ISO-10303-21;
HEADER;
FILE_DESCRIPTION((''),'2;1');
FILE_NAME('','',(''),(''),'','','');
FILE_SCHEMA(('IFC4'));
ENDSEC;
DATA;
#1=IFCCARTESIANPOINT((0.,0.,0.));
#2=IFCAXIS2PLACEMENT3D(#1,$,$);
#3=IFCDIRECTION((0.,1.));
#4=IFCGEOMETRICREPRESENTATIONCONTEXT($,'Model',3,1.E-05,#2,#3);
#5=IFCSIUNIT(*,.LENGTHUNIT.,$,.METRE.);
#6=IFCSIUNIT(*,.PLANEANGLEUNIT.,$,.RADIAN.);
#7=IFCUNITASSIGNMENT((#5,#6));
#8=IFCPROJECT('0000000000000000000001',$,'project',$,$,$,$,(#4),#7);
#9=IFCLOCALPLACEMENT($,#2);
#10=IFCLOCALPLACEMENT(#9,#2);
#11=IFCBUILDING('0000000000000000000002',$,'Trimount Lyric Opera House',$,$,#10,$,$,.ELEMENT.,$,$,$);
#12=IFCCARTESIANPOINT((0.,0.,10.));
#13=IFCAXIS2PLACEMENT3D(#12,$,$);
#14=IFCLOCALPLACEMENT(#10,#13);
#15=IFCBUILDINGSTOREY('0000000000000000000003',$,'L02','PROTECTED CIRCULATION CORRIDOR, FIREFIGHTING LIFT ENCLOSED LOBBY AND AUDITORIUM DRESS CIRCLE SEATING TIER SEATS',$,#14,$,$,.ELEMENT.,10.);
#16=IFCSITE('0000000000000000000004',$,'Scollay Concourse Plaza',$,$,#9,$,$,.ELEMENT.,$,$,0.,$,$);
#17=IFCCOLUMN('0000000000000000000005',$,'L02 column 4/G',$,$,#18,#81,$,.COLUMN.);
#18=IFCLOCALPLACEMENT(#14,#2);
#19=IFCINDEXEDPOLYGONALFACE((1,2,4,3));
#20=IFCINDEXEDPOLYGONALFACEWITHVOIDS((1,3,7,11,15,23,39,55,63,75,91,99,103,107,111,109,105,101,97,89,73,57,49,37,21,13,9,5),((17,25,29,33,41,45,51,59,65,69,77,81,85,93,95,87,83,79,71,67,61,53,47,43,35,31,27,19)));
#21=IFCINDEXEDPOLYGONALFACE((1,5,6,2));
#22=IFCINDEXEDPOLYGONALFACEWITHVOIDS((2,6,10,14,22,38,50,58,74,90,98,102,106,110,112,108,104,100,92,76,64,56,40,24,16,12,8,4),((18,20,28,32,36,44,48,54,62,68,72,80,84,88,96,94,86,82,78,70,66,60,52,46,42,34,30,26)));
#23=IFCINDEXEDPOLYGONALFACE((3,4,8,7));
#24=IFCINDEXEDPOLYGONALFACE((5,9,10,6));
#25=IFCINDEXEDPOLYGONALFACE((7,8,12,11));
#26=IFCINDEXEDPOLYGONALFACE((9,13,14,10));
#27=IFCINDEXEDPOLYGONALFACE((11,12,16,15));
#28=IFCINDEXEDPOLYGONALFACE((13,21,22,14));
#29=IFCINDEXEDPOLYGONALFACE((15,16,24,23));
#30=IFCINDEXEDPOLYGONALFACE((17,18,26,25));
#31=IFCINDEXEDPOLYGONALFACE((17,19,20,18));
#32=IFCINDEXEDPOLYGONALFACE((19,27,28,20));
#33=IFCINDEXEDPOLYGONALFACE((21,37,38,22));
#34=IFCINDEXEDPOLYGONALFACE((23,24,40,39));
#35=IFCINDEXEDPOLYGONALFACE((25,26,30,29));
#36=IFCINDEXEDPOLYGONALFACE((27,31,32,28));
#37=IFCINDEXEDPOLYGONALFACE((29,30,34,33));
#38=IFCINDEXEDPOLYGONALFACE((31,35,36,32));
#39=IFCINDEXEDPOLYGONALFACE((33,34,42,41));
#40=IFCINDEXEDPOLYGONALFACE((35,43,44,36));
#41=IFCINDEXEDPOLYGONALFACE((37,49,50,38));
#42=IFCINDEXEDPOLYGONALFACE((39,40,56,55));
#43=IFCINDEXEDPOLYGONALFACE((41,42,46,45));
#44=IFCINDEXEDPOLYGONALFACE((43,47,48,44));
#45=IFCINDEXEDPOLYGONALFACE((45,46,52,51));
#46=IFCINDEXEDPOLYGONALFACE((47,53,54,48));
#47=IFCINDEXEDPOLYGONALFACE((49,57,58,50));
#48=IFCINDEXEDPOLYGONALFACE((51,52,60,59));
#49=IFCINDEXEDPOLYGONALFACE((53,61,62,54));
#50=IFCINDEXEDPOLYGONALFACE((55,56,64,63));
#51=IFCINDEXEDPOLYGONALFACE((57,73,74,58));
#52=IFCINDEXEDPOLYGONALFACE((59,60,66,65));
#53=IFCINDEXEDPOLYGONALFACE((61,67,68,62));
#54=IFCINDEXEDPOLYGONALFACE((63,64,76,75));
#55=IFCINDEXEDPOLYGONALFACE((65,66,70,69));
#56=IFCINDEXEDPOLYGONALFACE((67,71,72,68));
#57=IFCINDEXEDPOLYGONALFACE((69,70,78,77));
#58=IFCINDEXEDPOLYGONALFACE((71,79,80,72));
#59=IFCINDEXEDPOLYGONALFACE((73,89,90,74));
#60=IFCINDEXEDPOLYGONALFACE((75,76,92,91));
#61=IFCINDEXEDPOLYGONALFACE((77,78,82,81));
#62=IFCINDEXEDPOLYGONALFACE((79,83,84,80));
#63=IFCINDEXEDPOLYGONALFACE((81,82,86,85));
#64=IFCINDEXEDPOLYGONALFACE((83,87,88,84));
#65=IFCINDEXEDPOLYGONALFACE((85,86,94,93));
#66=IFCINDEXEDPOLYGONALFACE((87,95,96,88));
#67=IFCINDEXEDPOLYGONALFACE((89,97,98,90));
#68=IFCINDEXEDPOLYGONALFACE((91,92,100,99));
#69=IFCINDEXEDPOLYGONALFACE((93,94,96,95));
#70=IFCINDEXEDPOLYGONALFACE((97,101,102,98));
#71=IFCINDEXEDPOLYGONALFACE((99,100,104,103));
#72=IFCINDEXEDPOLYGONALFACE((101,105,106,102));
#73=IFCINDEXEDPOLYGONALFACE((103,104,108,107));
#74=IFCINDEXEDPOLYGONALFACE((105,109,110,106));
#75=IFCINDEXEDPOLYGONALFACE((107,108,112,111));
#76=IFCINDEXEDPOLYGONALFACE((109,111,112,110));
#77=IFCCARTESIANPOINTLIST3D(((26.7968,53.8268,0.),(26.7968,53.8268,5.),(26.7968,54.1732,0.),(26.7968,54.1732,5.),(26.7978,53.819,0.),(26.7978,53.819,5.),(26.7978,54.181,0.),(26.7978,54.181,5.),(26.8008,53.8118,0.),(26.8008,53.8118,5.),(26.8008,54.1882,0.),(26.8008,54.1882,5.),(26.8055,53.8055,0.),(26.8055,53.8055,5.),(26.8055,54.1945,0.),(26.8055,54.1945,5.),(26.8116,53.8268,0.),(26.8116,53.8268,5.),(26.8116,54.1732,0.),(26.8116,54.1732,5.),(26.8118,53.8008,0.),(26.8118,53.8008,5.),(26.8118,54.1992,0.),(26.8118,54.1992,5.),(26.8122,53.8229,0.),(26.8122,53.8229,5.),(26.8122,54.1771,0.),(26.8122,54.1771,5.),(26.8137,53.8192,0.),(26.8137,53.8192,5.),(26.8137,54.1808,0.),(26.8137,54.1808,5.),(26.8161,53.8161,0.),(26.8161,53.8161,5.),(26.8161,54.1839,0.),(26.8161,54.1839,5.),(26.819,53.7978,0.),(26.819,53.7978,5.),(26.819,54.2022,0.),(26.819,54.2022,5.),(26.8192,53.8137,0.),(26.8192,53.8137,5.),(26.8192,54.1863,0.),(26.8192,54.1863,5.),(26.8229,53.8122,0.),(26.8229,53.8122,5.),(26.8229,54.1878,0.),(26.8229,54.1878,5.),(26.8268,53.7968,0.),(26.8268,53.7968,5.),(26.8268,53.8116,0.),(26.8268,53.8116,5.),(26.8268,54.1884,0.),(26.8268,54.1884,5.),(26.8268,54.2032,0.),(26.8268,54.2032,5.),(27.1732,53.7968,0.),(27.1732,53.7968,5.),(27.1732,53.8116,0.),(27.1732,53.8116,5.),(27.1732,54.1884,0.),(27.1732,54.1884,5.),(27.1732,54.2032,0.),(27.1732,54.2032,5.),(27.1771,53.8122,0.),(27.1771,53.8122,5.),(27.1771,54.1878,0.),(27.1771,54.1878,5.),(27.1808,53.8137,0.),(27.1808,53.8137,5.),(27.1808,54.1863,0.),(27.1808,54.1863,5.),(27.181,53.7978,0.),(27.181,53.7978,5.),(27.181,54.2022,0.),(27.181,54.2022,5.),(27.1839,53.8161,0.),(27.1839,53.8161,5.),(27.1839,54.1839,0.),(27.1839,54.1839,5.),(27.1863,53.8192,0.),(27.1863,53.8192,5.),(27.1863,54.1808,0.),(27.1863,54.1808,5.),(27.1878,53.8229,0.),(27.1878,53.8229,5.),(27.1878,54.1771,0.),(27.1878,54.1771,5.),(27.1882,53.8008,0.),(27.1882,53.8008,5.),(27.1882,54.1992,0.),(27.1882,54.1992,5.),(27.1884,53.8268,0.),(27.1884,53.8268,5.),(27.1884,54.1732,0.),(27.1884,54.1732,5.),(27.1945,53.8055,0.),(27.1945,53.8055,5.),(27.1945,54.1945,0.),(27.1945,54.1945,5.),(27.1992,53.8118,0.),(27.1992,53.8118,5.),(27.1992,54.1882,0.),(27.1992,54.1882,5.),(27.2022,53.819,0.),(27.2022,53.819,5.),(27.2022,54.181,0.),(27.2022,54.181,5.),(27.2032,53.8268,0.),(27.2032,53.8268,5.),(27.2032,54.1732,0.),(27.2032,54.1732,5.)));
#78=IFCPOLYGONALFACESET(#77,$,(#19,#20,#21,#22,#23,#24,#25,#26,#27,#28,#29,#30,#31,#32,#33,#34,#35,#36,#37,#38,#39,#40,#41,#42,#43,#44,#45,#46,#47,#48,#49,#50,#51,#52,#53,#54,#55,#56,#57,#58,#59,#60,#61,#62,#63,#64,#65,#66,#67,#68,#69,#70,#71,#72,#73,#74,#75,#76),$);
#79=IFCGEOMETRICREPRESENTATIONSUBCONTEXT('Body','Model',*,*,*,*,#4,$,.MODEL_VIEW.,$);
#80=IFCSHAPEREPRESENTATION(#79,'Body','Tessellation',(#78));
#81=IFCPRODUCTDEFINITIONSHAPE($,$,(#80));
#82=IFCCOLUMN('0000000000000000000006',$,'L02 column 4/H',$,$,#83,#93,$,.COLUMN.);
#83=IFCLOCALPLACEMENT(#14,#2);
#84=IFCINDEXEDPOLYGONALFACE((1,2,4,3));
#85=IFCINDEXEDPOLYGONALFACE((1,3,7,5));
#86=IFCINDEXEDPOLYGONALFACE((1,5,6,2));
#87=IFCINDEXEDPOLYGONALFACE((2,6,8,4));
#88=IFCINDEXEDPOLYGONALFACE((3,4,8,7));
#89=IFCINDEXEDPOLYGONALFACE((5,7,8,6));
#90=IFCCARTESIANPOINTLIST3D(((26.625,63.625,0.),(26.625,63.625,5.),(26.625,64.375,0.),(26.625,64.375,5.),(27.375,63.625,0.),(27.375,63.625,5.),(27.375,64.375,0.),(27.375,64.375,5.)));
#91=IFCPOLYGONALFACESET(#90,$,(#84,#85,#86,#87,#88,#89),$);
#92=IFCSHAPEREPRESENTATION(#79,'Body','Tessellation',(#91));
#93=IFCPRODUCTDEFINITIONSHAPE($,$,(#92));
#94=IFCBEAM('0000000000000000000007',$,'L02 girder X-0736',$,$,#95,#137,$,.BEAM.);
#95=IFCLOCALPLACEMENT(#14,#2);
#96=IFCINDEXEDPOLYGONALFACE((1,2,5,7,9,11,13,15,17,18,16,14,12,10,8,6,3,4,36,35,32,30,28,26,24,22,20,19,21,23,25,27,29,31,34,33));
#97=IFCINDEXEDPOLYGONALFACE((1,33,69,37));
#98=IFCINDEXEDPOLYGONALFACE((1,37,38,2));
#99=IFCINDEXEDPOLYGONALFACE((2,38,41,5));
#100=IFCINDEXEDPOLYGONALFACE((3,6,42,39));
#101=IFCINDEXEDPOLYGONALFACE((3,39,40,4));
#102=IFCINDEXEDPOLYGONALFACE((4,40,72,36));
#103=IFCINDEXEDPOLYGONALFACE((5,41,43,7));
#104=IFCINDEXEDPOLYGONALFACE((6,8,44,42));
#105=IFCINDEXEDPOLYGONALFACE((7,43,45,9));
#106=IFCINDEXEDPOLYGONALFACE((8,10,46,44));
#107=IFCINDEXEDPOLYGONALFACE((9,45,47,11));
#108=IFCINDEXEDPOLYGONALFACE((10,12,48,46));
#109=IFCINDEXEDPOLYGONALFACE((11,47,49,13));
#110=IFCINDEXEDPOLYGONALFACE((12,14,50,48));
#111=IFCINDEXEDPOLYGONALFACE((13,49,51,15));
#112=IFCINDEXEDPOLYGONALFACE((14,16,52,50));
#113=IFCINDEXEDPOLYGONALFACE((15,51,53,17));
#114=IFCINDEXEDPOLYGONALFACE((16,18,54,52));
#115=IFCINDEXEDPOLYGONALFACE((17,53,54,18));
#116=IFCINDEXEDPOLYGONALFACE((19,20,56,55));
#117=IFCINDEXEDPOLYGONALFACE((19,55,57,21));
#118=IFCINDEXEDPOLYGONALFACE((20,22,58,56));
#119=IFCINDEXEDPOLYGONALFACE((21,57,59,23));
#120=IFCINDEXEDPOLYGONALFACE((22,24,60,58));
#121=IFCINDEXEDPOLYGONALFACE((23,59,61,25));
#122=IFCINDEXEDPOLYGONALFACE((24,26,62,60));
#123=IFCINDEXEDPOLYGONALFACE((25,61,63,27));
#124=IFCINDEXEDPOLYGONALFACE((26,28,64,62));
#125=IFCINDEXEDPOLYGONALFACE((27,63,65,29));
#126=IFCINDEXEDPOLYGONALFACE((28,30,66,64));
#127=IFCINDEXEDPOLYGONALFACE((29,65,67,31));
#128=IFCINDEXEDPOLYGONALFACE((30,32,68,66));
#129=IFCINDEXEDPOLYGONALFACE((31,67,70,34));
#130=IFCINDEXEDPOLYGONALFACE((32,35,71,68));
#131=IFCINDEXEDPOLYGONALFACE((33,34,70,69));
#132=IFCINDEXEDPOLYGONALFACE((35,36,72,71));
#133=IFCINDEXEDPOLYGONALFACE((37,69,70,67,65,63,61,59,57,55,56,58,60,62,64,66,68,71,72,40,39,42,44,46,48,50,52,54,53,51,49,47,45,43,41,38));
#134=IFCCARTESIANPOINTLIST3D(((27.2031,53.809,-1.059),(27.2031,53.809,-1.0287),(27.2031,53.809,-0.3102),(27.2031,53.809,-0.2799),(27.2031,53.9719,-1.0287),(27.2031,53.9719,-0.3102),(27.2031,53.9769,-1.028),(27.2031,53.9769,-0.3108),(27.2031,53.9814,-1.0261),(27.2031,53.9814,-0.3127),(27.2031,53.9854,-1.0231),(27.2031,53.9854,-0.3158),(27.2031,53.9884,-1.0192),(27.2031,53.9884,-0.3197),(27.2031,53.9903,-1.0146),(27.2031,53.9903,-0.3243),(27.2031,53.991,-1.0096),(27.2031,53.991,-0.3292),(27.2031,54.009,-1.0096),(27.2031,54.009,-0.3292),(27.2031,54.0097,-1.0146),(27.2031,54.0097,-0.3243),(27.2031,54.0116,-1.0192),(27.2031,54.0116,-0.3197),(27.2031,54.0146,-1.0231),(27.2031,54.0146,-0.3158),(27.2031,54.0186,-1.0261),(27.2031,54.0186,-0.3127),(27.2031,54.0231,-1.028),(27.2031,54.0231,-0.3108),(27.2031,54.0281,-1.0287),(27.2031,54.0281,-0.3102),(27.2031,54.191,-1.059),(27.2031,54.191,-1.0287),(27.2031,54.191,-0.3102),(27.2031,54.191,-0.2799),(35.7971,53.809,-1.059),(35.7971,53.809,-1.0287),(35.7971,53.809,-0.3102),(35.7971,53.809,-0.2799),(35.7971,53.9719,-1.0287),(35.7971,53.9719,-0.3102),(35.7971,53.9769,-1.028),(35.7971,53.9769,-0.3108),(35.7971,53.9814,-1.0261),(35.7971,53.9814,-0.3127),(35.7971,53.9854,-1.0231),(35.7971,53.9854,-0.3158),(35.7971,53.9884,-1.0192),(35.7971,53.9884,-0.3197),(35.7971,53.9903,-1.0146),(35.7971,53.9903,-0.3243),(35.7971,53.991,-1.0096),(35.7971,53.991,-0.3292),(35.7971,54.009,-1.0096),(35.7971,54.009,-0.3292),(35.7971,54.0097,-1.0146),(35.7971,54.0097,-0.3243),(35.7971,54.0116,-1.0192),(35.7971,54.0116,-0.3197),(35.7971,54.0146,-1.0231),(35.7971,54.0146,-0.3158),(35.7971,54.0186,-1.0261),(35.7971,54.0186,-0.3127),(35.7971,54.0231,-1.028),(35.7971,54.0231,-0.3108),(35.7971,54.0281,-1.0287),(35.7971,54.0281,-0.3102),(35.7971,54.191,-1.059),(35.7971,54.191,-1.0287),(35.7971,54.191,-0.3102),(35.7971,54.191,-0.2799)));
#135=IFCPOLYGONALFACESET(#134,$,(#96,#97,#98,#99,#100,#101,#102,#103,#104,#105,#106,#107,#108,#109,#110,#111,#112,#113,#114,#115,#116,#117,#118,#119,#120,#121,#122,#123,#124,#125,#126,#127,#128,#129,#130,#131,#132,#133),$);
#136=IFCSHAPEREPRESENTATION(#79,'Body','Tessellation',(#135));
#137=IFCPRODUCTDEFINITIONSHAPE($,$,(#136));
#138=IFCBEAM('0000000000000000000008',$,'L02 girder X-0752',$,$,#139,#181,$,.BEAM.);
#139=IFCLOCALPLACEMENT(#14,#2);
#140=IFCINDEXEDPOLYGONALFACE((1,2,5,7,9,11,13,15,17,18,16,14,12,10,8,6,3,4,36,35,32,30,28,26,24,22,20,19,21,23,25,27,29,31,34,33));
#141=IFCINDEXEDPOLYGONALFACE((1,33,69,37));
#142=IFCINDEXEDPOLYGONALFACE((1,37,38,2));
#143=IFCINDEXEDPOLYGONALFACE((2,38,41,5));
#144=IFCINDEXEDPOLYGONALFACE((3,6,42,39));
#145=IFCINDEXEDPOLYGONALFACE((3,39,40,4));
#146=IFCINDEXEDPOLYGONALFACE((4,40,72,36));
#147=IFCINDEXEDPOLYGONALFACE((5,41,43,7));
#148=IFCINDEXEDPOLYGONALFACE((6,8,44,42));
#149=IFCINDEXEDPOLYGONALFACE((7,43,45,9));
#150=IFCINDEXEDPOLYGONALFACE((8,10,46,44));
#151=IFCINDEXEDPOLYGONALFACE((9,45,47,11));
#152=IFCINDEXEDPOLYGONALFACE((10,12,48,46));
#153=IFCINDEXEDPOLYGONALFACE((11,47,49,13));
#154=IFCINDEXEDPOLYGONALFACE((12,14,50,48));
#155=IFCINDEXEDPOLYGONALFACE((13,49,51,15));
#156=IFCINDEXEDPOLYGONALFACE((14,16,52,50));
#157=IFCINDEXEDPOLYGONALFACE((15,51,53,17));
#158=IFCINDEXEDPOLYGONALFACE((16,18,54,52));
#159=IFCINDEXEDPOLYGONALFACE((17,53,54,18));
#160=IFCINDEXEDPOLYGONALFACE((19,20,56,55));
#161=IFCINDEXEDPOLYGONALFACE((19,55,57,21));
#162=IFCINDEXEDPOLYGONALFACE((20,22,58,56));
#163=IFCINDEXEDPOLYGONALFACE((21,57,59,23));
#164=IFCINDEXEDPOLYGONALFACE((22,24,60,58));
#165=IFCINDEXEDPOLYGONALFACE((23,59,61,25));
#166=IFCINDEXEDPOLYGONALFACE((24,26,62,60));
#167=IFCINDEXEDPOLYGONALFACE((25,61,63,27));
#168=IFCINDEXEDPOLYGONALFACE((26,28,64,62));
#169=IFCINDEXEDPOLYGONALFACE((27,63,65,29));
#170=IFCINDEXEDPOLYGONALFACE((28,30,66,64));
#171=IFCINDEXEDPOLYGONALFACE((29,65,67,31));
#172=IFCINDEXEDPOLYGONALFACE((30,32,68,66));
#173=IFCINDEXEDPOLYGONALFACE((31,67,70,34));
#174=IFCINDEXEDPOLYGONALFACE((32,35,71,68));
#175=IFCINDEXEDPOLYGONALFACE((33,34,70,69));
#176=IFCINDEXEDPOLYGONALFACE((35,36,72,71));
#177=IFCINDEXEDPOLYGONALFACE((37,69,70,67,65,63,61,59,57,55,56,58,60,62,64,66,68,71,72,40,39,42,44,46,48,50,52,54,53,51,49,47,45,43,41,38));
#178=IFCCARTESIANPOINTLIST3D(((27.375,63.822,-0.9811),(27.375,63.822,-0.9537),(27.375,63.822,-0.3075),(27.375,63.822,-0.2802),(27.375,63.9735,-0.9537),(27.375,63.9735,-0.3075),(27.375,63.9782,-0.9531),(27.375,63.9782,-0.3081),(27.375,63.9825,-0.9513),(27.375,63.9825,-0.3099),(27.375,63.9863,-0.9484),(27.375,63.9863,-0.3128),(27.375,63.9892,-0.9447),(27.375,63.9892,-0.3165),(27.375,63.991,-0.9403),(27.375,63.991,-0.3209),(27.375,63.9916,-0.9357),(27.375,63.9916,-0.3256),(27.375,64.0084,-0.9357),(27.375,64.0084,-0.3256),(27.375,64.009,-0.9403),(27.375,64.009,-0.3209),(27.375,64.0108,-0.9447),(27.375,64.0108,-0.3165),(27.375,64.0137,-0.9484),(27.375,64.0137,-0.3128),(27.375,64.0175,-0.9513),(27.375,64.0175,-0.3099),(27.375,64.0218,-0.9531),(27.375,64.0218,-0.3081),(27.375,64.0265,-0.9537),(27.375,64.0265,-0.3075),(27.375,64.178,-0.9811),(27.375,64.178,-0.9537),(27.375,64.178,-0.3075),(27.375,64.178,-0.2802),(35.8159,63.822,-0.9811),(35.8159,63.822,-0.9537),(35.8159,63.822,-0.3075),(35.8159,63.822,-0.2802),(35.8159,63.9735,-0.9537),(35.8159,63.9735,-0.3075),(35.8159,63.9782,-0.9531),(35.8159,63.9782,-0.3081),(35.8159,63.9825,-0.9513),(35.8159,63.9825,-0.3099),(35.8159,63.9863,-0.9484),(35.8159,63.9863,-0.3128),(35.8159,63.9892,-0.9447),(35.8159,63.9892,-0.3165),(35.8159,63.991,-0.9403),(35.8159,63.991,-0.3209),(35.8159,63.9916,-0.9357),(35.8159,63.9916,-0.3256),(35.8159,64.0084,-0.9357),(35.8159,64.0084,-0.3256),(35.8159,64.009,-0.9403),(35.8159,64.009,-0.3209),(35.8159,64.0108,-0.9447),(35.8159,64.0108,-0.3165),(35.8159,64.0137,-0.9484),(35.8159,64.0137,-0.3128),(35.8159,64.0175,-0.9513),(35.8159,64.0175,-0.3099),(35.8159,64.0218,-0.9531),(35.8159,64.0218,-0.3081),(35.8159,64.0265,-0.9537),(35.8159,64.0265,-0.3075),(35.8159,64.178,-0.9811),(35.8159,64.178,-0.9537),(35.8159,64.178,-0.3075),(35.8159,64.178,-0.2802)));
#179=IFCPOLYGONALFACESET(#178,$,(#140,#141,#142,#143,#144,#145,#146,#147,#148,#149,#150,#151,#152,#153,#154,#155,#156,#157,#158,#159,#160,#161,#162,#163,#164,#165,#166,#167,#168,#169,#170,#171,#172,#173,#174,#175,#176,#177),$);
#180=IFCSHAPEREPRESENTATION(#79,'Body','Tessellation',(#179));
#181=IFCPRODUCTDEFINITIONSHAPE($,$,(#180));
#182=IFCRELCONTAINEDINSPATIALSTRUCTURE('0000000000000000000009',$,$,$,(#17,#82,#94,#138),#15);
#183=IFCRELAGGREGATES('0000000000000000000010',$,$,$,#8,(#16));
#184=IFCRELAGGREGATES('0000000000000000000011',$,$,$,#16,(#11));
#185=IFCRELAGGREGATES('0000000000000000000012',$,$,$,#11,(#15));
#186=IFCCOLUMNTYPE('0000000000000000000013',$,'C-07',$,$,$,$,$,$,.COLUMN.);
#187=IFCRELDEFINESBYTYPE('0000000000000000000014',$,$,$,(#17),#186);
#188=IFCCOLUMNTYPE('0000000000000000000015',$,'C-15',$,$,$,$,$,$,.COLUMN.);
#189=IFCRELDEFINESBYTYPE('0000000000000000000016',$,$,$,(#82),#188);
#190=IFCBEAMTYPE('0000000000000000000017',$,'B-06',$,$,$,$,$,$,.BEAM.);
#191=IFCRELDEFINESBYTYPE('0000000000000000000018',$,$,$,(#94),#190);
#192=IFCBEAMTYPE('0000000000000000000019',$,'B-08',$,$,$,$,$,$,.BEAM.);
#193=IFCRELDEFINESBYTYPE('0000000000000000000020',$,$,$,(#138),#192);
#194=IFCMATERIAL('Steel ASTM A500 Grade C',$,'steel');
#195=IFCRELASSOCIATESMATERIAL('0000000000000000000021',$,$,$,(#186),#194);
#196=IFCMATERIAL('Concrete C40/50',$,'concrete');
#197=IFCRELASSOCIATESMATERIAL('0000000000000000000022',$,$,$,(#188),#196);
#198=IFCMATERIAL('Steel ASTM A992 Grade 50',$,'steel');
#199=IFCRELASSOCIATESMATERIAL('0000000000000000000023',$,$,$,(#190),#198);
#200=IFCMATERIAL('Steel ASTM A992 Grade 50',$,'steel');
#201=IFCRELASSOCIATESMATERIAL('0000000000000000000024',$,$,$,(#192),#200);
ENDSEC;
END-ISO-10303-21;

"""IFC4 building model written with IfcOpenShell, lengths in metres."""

from ifc_helpers import new_model, si_unit, direction, frame, origin, origin_2d, place, context, subcontext, project, spatial, rectangle, hollow_rectangle, i_section, extrude, material, material_profile, profile_set, type_object, element, save


model = new_model("IFC4")

# Units and contexts
model_context = context("Model", 3, precision=1e-05, world=origin(), true_north=direction((0.0, 1.0)))
body_context = subcontext(model_context, "Body", "Model", "MODEL_VIEW")
ifc_project = project(units=[si_unit("LENGTHUNIT", "METRE"), si_unit("PLANEANGLEUNIT", "RADIAN")], contexts=[model_context])

# Site, building, storey
site_placement = place(None, origin())
site = spatial("IfcSite", under=ifc_project, at=site_placement, Name="Scollay Concourse Plaza", CompositionType="ELEMENT", RefElevation=0.0)
building_placement = place(site_placement, origin())
building = spatial("IfcBuilding", under=site, at=building_placement, Name="Trimount Lyric Opera House", CompositionType="ELEMENT")
storey_placement = place(building_placement, frame((0.0, 0.0, 10.0)))
storey = spatial("IfcBuildingStorey", under=building, at=storey_placement, Name="L02", Description="PROTECTED CIRCULATION CORRIDOR, FIREFIGHTING LIFT ENCLOSED LOBBY AND AUDITORIUM DRESS CIRCLE SEATING TIER SEATS", CompositionType="ELEMENT", Elevation=10.0)

# Columns
ifc_material_1 = material(Name="Steel ASTM A500 Grade C", Category="steel")
ifc_material_profile_1 = material_profile(ifc_material_1, hollow_rectangle(XDim=0.4065, YDim=0.4065, WallThickness=0.0149, InnerFilletRadius=0.0151, OuterFilletRadius=0.03, at=origin_2d()), Name="HSS406.4X406.4X15.9")
ifc_profile_set_1 = profile_set([ifc_material_profile_1], Name="Steel ASTM A500 Grade C")
column_type_1 = type_object("IfcColumnType", Name="C-07", PredefinedType="COLUMN", material=ifc_profile_set_1)
column_1_placement = place(storey_placement, frame((27.0, 54.0, 0.0), z_axis=(0.0, 0.0, 1.0), x_axis=(1.0, 0.0, 0.0)))
element("IfcColumn", 1, at=column_1_placement, inside=storey, type_object=column_type_1, Name="L02 column 4/G", PredefinedType="COLUMN", context=body_context, shape_type="SweptSolid", body=[
    extrude(hollow_rectangle(XDim=0.4065, YDim=0.4065, WallThickness=0.0149, InnerFilletRadius=0.0151, OuterFilletRadius=0.03, at=origin_2d()), origin(), (0.0, 0.0, 1.0), 5.0),
])
ifc_material_2 = material(Name="Concrete C40/50", Category="concrete")
ifc_material_profile_2 = material_profile(ifc_material_2, rectangle(XDim=0.75, YDim=0.75, at=origin_2d()), Name="RC750X750")
ifc_profile_set_2 = profile_set([ifc_material_profile_2], Name="Concrete C40/50")
column_type_2 = type_object("IfcColumnType", Name="C-15", PredefinedType="COLUMN", material=ifc_profile_set_2)
column_2_placement = place(storey_placement, frame((27.0, 64.0, 0.0), z_axis=(0.0, 0.0, 1.0), x_axis=(1.0, 0.0, 0.0)))
element("IfcColumn", 2, at=column_2_placement, inside=storey, type_object=column_type_2, Name="L02 column 4/H", PredefinedType="COLUMN", context=body_context, shape_type="SweptSolid", body=[
    extrude(rectangle(XDim=0.75, YDim=0.75, at=origin_2d()), origin(), (0.0, 0.0, 1.0), 5.0),
])

# Beams
ifc_material_3 = material(Name="Steel ASTM A992 Grade 50", Category="steel")
ifc_material_profile_3 = material_profile(ifc_material_3, i_section(OverallWidth=0.3821, OverallDepth=0.7791, WebThickness=0.0181, FlangeThickness=0.0303, FilletRadius=0.019, at=origin_2d()), Name="W30X191")
ifc_profile_set_3 = profile_set([ifc_material_profile_3], Name="Steel ASTM A992 Grade 50")
beam_type_1 = type_object("IfcBeamType", Name="B-06", PredefinedType="BEAM", material=ifc_profile_set_3)
beam_1_placement = place(storey_placement, frame((27.2031, 54.0, -0.6694), z_axis=(1.0, 0.0, 0.0), x_axis=(0.0, 1.0, 0.0)))
element("IfcBeam", 3, at=beam_1_placement, inside=storey, type_object=beam_type_1, Name="L02 girder X-0736", PredefinedType="BEAM", context=body_context, shape_type="SweptSolid", body=[
    extrude(i_section(OverallWidth=0.3821, OverallDepth=0.7791, WebThickness=0.0181, FlangeThickness=0.0303, FilletRadius=0.019, at=origin_2d()), origin(), (0.0, 0.0, 1.0), 8.594),
])
ifc_material_4 = material(Name="Steel ASTM A992 Grade 50", Category="steel")
ifc_material_profile_4 = material_profile(ifc_material_4, i_section(OverallWidth=0.356, OverallDepth=0.7009, WebThickness=0.0168, FlangeThickness=0.0273, FilletRadius=0.0181, at=origin_2d()), Name="W27X161")
ifc_profile_set_4 = profile_set([ifc_material_profile_4], Name="Steel ASTM A992 Grade 50")
beam_type_2 = type_object("IfcBeamType", Name="B-08", PredefinedType="BEAM", material=ifc_profile_set_4)
beam_2_placement = place(storey_placement, frame((27.375, 64.0, -0.6306), z_axis=(1.0, 0.0, 0.0), x_axis=(0.0, 1.0, 0.0)))
element("IfcBeam", 4, at=beam_2_placement, inside=storey, type_object=beam_type_2, Name="L02 girder X-0752", PredefinedType="BEAM", context=body_context, shape_type="SweptSolid", body=[
    extrude(i_section(OverallWidth=0.356, OverallDepth=0.7009, WebThickness=0.0168, FlangeThickness=0.0273, FilletRadius=0.0181, at=origin_2d()), origin(), (0.0, 0.0, 1.0), 8.4409),
])

save(model, "model.ifc")
